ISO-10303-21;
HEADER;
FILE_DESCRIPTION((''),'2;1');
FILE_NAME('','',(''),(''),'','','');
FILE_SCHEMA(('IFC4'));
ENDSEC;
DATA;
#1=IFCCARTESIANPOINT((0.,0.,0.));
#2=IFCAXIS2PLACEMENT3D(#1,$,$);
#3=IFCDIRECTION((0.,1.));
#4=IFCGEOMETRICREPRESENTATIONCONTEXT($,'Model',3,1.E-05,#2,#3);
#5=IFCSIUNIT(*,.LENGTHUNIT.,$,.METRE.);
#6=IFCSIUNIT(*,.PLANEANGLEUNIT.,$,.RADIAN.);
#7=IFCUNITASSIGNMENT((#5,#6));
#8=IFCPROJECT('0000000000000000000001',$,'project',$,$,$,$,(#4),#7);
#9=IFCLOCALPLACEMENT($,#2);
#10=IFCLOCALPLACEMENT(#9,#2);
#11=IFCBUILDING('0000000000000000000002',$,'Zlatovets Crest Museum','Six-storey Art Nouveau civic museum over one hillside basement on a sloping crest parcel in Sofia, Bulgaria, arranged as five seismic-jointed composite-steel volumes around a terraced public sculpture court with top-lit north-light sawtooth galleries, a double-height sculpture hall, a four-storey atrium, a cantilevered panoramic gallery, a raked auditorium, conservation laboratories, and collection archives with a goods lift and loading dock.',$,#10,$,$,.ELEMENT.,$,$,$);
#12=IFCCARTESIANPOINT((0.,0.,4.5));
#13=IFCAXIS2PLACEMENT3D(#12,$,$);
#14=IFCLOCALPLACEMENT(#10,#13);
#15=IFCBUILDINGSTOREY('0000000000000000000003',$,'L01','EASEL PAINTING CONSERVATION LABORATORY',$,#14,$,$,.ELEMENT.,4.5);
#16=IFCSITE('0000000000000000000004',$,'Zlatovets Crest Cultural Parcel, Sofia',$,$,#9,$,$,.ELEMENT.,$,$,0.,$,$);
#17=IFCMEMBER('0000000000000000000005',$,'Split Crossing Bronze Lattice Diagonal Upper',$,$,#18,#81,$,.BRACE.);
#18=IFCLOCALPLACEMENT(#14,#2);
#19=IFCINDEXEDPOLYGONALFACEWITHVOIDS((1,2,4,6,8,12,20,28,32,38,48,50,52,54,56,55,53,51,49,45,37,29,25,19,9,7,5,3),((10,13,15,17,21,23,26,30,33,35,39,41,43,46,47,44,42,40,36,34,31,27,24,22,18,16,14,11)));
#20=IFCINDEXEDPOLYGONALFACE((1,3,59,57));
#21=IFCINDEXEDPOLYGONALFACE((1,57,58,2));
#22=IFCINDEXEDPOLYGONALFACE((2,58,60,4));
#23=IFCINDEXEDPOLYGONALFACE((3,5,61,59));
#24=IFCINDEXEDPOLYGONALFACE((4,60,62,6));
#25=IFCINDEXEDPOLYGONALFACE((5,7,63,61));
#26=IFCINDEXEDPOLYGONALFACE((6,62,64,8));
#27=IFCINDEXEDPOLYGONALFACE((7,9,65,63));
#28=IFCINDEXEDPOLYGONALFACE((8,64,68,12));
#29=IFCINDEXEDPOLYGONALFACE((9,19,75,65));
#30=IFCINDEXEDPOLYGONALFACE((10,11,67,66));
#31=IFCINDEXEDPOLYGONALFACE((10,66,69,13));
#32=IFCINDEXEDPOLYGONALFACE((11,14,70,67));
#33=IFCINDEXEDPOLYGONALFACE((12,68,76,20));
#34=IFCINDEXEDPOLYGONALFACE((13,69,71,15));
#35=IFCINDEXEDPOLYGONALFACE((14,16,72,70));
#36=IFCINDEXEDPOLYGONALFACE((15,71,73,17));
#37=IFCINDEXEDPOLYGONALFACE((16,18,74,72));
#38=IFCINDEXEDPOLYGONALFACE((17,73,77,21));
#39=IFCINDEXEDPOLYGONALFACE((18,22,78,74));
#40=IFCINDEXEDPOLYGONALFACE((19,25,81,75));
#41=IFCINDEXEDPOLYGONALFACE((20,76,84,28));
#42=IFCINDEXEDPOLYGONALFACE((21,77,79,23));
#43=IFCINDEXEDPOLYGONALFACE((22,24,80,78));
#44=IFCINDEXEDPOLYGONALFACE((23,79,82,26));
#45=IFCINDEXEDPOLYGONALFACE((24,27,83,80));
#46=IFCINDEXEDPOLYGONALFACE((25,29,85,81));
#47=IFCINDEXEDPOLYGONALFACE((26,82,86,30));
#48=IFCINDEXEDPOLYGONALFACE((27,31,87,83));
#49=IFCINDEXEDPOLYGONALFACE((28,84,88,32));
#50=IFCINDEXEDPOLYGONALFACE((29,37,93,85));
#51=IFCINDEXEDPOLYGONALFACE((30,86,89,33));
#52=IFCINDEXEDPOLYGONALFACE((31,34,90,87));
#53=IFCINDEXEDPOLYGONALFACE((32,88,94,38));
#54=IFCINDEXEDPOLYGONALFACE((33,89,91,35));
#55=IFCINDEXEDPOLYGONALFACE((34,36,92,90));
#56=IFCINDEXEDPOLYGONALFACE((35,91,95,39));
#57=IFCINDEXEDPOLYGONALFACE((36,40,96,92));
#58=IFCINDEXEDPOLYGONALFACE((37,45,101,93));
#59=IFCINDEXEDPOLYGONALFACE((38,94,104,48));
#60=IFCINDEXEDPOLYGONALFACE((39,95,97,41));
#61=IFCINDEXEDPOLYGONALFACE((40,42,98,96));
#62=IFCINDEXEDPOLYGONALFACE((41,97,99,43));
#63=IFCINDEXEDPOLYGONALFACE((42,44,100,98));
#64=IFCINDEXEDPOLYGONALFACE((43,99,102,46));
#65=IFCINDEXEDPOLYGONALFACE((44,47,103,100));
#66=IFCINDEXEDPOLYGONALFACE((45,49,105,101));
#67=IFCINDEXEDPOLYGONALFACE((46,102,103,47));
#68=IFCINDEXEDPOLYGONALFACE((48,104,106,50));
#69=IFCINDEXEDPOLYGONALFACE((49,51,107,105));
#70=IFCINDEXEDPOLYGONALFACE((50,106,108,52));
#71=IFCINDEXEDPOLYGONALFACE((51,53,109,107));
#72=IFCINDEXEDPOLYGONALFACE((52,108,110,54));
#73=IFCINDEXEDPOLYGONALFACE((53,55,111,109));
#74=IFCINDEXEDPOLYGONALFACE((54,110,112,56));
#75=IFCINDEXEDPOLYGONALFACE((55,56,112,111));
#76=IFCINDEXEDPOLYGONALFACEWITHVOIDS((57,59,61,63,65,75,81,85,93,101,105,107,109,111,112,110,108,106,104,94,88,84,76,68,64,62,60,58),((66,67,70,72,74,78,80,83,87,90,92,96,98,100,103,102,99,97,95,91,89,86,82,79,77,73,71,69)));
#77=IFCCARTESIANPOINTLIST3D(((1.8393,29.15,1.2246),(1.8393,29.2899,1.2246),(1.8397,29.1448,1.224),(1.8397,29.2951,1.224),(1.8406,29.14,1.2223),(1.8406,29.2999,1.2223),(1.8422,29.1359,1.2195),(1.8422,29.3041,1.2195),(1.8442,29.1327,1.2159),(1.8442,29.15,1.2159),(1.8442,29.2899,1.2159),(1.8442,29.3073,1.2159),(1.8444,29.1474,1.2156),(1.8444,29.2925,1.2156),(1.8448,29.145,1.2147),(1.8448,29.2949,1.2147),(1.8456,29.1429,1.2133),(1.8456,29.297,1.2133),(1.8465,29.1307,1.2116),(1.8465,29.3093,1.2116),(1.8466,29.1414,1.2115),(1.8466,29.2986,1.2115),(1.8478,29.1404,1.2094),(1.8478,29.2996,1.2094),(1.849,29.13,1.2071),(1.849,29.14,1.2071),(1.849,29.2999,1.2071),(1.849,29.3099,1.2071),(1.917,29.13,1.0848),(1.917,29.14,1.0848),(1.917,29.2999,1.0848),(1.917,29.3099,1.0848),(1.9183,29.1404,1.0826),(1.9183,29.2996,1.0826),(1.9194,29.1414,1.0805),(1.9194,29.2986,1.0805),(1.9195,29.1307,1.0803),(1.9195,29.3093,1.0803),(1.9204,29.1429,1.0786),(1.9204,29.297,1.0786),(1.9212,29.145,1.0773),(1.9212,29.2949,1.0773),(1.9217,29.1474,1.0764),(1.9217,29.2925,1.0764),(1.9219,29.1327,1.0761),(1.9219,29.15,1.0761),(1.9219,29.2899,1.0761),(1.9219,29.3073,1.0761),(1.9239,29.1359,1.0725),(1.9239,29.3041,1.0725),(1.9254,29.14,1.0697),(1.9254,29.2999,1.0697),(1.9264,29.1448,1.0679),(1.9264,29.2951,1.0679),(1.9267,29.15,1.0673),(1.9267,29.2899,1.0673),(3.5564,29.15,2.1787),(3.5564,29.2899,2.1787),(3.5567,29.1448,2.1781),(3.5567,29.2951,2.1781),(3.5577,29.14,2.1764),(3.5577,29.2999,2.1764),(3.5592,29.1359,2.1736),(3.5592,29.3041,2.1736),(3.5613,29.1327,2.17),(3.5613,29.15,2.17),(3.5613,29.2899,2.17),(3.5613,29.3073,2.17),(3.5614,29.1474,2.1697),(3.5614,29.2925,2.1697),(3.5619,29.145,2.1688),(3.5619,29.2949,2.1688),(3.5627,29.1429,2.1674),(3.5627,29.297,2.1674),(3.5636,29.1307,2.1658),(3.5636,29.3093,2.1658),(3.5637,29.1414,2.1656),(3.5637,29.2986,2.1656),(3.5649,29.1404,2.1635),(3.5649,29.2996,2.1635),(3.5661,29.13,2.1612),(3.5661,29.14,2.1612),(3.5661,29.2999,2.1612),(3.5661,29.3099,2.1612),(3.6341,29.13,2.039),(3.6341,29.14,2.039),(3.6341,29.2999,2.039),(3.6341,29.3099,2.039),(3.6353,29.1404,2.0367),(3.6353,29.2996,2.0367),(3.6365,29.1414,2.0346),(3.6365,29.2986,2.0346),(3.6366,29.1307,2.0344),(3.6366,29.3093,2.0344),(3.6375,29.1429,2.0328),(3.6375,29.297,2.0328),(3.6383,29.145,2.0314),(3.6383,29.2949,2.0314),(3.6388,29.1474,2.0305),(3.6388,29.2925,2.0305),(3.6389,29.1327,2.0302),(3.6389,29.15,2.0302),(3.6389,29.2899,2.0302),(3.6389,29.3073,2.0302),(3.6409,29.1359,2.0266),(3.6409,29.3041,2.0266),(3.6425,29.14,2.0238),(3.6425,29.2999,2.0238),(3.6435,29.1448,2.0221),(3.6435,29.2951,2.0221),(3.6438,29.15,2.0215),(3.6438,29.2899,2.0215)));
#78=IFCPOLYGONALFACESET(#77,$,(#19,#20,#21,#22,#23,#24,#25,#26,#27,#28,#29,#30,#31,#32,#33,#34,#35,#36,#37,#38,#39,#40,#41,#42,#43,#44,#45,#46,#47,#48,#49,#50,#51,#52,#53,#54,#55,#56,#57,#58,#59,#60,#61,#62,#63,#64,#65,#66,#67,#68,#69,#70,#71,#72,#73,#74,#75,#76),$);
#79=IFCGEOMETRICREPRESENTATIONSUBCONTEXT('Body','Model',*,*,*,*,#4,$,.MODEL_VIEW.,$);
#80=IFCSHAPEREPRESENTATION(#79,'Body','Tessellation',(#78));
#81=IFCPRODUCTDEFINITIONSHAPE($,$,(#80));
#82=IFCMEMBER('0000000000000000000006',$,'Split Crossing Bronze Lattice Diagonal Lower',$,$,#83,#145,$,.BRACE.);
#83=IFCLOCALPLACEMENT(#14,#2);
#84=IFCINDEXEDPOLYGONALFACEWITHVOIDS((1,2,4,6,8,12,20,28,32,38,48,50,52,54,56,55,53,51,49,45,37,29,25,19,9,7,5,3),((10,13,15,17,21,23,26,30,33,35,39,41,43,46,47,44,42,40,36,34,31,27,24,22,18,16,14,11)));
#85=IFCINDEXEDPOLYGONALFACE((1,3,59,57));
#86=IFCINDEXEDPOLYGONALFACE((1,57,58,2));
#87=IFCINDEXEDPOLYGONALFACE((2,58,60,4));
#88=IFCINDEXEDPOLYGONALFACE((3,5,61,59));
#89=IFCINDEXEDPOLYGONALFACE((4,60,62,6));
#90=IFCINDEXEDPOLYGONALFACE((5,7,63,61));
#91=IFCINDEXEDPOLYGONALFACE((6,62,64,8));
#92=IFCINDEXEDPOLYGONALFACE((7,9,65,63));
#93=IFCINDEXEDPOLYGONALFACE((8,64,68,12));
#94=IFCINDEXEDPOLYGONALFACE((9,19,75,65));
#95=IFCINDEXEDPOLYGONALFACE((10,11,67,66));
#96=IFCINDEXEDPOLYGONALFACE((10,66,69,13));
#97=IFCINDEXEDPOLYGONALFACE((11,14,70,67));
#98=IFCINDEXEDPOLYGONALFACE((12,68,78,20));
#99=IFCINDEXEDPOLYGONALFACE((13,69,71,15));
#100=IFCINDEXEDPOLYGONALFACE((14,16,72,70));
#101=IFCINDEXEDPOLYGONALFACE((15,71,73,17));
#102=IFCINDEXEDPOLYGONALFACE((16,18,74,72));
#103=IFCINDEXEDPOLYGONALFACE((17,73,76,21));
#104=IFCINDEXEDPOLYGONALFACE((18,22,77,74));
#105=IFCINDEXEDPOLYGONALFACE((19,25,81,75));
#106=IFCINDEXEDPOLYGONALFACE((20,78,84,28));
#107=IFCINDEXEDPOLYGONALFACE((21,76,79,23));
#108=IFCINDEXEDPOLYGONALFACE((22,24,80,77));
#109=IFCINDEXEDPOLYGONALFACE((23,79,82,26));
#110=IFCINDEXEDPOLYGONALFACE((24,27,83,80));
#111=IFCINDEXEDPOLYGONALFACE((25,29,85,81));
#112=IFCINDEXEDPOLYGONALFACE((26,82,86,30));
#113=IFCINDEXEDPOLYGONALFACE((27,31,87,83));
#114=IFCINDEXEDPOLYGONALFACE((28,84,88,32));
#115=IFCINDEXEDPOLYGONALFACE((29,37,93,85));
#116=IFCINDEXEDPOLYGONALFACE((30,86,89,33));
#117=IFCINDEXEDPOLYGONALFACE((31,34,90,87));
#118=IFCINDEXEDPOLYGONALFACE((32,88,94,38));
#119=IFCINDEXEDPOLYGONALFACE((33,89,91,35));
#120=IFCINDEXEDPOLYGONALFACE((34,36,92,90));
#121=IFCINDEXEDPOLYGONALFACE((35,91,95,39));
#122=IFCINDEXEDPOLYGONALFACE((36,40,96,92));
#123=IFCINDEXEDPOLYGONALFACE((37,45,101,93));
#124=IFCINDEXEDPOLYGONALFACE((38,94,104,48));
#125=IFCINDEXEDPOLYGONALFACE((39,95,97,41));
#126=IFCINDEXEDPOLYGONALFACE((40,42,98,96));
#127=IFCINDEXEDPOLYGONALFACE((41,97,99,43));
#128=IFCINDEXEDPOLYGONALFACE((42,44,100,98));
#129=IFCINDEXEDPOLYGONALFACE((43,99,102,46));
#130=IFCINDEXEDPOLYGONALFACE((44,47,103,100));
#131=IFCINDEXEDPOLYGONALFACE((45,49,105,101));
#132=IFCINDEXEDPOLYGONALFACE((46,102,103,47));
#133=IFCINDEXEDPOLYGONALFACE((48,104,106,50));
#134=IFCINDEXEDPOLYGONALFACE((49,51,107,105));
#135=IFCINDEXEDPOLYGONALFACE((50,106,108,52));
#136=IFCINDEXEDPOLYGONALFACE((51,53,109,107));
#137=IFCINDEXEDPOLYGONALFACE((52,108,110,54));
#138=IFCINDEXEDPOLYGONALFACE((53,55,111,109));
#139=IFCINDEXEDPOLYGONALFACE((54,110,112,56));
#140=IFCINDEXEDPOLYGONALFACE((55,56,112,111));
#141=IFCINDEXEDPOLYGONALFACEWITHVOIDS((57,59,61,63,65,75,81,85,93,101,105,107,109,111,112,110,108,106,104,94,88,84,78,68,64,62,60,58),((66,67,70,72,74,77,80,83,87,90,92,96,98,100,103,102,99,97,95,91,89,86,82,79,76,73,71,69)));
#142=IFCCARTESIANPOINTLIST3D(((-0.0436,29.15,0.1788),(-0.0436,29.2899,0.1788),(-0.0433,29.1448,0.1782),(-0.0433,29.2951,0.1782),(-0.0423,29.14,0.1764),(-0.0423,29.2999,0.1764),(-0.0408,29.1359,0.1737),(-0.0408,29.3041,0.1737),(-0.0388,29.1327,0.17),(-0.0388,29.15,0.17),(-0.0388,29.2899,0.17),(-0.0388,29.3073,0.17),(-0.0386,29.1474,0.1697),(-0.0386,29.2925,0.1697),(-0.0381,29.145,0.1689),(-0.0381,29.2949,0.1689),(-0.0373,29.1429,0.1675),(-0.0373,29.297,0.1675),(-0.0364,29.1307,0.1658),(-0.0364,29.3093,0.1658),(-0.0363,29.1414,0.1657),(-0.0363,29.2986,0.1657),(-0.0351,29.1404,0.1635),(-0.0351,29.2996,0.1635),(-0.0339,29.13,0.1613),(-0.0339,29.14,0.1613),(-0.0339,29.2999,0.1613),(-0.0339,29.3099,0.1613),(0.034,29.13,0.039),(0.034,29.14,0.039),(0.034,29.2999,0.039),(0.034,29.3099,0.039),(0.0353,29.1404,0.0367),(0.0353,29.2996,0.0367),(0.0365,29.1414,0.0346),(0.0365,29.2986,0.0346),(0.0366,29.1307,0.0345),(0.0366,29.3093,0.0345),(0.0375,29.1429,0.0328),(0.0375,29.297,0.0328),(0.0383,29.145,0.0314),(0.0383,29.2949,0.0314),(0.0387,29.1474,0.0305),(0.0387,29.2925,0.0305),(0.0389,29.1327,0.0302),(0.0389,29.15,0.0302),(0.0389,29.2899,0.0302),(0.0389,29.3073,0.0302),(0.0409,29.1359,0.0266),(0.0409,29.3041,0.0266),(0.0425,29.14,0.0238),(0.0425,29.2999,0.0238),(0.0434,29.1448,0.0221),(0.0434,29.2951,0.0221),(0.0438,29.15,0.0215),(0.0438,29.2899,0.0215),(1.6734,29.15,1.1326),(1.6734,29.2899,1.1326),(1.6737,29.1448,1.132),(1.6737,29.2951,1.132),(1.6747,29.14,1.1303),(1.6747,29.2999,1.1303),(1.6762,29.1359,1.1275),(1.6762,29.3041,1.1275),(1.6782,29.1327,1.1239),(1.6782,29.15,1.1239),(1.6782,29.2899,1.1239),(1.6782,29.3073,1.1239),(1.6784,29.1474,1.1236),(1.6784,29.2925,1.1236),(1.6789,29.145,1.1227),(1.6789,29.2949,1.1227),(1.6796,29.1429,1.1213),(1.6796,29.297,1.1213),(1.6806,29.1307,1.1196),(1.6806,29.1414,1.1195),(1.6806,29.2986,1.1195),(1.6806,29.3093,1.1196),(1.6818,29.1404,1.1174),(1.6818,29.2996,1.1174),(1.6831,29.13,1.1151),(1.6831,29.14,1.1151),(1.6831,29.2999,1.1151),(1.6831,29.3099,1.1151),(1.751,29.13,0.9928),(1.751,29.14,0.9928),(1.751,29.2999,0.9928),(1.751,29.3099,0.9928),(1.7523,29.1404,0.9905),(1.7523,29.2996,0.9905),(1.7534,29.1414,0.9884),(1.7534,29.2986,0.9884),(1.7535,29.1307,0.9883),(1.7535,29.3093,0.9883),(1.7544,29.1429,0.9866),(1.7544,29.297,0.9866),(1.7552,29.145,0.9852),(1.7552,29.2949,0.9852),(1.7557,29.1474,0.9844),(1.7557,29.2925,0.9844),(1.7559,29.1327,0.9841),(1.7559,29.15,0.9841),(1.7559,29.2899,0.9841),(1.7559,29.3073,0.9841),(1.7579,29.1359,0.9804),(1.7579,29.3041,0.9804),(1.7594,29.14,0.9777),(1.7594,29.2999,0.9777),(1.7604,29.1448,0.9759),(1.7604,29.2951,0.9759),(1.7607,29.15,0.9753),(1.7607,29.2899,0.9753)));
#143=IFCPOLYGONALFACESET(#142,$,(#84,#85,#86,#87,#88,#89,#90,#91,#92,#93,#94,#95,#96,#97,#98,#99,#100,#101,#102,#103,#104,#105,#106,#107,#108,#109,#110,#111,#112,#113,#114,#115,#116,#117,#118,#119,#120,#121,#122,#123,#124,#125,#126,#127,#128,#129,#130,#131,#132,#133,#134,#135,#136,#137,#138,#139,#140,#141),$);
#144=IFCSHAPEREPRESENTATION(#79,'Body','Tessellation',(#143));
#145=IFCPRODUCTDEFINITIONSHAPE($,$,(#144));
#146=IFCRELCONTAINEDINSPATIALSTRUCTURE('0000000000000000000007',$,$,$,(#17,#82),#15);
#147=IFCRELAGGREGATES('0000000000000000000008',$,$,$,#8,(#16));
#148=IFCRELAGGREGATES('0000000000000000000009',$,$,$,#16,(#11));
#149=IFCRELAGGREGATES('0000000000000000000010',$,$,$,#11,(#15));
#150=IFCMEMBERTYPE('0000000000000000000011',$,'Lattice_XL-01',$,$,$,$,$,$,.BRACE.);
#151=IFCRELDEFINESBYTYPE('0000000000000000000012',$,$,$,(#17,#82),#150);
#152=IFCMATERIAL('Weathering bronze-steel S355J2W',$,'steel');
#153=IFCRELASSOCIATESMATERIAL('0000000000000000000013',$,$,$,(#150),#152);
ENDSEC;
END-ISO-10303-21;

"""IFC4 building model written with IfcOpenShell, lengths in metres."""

from ifc_helpers import new_model, si_unit, direction, frame, origin, origin_2d, place, context, subcontext, project, spatial, hollow_rectangle, extrude, material, material_profile, profile_set, type_object, element, save


model = new_model("IFC4")

# Units and contexts
model_context = context("Model", 3, precision=1e-05, world=origin(), true_north=direction((0.0, 1.0)))
body_context = subcontext(model_context, "Body", "Model", "MODEL_VIEW")
ifc_project = project(units=[si_unit("LENGTHUNIT", "METRE"), si_unit("PLANEANGLEUNIT", "RADIAN")], contexts=[model_context])

# Site, building, storey
site_placement = place(None, origin())
site = spatial("IfcSite", under=ifc_project, at=site_placement, Name="Zlatovets Crest Cultural Parcel, Sofia", CompositionType="ELEMENT", RefElevation=0.0)
building_placement = place(site_placement, origin())
building = spatial("IfcBuilding", under=site, at=building_placement, Name="Zlatovets Crest Museum", Description="Six-storey Art Nouveau civic museum over one hillside basement on a sloping crest parcel in Sofia, Bulgaria, arranged as five seismic-jointed composite-steel volumes around a terraced public sculpture court with top-lit north-light sawtooth galleries, a double-height sculpture hall, a four-storey atrium, a cantilevered panoramic gallery, a raked auditorium, conservation laboratories, and collection archives with a goods lift and loading dock.", CompositionType="ELEMENT")
storey_placement = place(building_placement, frame((0.0, 0.0, 4.5)))
storey = spatial("IfcBuildingStorey", under=building, at=storey_placement, Name="L01", Description="EASEL PAINTING CONSERVATION LABORATORY", CompositionType="ELEMENT", Elevation=4.5)

# Members
ifc_material_1 = material(Name="Weathering bronze-steel S355J2W", Category="steel")
ifc_material_profile_1 = material_profile(ifc_material_1, hollow_rectangle(XDim=0.1799, YDim=0.1799, WallThickness=0.01, InnerFilletRadius=0.01, OuterFilletRadius=0.02, at=origin_2d()), Name="SHS 180x180x10.0")
ifc_profile_set_1 = profile_set([ifc_material_profile_1], Name="Weathering bronze-steel S355J2W")
member_type_1 = type_object("IfcMemberType", Name="Lattice_XL-01", PredefinedType="BRACE", material=ifc_profile_set_1)
member_1_placement = place(storey_placement, frame((3.6001, 29.22, 2.1001), z_axis=(-0.874116, 0.0, -0.485717), x_axis=(0.0, -1.0, 0.0)))
element("IfcMember", 1, at=member_1_placement, inside=storey, type_object=member_type_1, Name="Split Crossing Bronze Lattice Diagonal Upper", PredefinedType="BRACE", context=body_context, shape_type="SweptSolid", body=[
    extrude(hollow_rectangle(XDim=0.1799, YDim=0.1799, WallThickness=0.01, InnerFilletRadius=0.01, OuterFilletRadius=0.02, at=origin_2d()), origin(), (0.0, 0.0, 1.0), 1.9644),
])
member_2_placement = place(storey_placement, frame((1.717, 29.22, 1.054), z_axis=(-0.874169, 0.0, -0.485622), x_axis=(0.0, -1.0, 0.0)))
element("IfcMember", 2, at=member_2_placement, inside=storey, type_object=member_type_1, Name="Split Crossing Bronze Lattice Diagonal Lower", PredefinedType="BRACE", context=body_context, shape_type="SweptSolid", body=[
    extrude(hollow_rectangle(XDim=0.1799, YDim=0.1799, WallThickness=0.01, InnerFilletRadius=0.01, OuterFilletRadius=0.02, at=origin_2d()), origin(), (0.0, 0.0, 1.0), 1.9641),
])

save(model, "model.ifc")
